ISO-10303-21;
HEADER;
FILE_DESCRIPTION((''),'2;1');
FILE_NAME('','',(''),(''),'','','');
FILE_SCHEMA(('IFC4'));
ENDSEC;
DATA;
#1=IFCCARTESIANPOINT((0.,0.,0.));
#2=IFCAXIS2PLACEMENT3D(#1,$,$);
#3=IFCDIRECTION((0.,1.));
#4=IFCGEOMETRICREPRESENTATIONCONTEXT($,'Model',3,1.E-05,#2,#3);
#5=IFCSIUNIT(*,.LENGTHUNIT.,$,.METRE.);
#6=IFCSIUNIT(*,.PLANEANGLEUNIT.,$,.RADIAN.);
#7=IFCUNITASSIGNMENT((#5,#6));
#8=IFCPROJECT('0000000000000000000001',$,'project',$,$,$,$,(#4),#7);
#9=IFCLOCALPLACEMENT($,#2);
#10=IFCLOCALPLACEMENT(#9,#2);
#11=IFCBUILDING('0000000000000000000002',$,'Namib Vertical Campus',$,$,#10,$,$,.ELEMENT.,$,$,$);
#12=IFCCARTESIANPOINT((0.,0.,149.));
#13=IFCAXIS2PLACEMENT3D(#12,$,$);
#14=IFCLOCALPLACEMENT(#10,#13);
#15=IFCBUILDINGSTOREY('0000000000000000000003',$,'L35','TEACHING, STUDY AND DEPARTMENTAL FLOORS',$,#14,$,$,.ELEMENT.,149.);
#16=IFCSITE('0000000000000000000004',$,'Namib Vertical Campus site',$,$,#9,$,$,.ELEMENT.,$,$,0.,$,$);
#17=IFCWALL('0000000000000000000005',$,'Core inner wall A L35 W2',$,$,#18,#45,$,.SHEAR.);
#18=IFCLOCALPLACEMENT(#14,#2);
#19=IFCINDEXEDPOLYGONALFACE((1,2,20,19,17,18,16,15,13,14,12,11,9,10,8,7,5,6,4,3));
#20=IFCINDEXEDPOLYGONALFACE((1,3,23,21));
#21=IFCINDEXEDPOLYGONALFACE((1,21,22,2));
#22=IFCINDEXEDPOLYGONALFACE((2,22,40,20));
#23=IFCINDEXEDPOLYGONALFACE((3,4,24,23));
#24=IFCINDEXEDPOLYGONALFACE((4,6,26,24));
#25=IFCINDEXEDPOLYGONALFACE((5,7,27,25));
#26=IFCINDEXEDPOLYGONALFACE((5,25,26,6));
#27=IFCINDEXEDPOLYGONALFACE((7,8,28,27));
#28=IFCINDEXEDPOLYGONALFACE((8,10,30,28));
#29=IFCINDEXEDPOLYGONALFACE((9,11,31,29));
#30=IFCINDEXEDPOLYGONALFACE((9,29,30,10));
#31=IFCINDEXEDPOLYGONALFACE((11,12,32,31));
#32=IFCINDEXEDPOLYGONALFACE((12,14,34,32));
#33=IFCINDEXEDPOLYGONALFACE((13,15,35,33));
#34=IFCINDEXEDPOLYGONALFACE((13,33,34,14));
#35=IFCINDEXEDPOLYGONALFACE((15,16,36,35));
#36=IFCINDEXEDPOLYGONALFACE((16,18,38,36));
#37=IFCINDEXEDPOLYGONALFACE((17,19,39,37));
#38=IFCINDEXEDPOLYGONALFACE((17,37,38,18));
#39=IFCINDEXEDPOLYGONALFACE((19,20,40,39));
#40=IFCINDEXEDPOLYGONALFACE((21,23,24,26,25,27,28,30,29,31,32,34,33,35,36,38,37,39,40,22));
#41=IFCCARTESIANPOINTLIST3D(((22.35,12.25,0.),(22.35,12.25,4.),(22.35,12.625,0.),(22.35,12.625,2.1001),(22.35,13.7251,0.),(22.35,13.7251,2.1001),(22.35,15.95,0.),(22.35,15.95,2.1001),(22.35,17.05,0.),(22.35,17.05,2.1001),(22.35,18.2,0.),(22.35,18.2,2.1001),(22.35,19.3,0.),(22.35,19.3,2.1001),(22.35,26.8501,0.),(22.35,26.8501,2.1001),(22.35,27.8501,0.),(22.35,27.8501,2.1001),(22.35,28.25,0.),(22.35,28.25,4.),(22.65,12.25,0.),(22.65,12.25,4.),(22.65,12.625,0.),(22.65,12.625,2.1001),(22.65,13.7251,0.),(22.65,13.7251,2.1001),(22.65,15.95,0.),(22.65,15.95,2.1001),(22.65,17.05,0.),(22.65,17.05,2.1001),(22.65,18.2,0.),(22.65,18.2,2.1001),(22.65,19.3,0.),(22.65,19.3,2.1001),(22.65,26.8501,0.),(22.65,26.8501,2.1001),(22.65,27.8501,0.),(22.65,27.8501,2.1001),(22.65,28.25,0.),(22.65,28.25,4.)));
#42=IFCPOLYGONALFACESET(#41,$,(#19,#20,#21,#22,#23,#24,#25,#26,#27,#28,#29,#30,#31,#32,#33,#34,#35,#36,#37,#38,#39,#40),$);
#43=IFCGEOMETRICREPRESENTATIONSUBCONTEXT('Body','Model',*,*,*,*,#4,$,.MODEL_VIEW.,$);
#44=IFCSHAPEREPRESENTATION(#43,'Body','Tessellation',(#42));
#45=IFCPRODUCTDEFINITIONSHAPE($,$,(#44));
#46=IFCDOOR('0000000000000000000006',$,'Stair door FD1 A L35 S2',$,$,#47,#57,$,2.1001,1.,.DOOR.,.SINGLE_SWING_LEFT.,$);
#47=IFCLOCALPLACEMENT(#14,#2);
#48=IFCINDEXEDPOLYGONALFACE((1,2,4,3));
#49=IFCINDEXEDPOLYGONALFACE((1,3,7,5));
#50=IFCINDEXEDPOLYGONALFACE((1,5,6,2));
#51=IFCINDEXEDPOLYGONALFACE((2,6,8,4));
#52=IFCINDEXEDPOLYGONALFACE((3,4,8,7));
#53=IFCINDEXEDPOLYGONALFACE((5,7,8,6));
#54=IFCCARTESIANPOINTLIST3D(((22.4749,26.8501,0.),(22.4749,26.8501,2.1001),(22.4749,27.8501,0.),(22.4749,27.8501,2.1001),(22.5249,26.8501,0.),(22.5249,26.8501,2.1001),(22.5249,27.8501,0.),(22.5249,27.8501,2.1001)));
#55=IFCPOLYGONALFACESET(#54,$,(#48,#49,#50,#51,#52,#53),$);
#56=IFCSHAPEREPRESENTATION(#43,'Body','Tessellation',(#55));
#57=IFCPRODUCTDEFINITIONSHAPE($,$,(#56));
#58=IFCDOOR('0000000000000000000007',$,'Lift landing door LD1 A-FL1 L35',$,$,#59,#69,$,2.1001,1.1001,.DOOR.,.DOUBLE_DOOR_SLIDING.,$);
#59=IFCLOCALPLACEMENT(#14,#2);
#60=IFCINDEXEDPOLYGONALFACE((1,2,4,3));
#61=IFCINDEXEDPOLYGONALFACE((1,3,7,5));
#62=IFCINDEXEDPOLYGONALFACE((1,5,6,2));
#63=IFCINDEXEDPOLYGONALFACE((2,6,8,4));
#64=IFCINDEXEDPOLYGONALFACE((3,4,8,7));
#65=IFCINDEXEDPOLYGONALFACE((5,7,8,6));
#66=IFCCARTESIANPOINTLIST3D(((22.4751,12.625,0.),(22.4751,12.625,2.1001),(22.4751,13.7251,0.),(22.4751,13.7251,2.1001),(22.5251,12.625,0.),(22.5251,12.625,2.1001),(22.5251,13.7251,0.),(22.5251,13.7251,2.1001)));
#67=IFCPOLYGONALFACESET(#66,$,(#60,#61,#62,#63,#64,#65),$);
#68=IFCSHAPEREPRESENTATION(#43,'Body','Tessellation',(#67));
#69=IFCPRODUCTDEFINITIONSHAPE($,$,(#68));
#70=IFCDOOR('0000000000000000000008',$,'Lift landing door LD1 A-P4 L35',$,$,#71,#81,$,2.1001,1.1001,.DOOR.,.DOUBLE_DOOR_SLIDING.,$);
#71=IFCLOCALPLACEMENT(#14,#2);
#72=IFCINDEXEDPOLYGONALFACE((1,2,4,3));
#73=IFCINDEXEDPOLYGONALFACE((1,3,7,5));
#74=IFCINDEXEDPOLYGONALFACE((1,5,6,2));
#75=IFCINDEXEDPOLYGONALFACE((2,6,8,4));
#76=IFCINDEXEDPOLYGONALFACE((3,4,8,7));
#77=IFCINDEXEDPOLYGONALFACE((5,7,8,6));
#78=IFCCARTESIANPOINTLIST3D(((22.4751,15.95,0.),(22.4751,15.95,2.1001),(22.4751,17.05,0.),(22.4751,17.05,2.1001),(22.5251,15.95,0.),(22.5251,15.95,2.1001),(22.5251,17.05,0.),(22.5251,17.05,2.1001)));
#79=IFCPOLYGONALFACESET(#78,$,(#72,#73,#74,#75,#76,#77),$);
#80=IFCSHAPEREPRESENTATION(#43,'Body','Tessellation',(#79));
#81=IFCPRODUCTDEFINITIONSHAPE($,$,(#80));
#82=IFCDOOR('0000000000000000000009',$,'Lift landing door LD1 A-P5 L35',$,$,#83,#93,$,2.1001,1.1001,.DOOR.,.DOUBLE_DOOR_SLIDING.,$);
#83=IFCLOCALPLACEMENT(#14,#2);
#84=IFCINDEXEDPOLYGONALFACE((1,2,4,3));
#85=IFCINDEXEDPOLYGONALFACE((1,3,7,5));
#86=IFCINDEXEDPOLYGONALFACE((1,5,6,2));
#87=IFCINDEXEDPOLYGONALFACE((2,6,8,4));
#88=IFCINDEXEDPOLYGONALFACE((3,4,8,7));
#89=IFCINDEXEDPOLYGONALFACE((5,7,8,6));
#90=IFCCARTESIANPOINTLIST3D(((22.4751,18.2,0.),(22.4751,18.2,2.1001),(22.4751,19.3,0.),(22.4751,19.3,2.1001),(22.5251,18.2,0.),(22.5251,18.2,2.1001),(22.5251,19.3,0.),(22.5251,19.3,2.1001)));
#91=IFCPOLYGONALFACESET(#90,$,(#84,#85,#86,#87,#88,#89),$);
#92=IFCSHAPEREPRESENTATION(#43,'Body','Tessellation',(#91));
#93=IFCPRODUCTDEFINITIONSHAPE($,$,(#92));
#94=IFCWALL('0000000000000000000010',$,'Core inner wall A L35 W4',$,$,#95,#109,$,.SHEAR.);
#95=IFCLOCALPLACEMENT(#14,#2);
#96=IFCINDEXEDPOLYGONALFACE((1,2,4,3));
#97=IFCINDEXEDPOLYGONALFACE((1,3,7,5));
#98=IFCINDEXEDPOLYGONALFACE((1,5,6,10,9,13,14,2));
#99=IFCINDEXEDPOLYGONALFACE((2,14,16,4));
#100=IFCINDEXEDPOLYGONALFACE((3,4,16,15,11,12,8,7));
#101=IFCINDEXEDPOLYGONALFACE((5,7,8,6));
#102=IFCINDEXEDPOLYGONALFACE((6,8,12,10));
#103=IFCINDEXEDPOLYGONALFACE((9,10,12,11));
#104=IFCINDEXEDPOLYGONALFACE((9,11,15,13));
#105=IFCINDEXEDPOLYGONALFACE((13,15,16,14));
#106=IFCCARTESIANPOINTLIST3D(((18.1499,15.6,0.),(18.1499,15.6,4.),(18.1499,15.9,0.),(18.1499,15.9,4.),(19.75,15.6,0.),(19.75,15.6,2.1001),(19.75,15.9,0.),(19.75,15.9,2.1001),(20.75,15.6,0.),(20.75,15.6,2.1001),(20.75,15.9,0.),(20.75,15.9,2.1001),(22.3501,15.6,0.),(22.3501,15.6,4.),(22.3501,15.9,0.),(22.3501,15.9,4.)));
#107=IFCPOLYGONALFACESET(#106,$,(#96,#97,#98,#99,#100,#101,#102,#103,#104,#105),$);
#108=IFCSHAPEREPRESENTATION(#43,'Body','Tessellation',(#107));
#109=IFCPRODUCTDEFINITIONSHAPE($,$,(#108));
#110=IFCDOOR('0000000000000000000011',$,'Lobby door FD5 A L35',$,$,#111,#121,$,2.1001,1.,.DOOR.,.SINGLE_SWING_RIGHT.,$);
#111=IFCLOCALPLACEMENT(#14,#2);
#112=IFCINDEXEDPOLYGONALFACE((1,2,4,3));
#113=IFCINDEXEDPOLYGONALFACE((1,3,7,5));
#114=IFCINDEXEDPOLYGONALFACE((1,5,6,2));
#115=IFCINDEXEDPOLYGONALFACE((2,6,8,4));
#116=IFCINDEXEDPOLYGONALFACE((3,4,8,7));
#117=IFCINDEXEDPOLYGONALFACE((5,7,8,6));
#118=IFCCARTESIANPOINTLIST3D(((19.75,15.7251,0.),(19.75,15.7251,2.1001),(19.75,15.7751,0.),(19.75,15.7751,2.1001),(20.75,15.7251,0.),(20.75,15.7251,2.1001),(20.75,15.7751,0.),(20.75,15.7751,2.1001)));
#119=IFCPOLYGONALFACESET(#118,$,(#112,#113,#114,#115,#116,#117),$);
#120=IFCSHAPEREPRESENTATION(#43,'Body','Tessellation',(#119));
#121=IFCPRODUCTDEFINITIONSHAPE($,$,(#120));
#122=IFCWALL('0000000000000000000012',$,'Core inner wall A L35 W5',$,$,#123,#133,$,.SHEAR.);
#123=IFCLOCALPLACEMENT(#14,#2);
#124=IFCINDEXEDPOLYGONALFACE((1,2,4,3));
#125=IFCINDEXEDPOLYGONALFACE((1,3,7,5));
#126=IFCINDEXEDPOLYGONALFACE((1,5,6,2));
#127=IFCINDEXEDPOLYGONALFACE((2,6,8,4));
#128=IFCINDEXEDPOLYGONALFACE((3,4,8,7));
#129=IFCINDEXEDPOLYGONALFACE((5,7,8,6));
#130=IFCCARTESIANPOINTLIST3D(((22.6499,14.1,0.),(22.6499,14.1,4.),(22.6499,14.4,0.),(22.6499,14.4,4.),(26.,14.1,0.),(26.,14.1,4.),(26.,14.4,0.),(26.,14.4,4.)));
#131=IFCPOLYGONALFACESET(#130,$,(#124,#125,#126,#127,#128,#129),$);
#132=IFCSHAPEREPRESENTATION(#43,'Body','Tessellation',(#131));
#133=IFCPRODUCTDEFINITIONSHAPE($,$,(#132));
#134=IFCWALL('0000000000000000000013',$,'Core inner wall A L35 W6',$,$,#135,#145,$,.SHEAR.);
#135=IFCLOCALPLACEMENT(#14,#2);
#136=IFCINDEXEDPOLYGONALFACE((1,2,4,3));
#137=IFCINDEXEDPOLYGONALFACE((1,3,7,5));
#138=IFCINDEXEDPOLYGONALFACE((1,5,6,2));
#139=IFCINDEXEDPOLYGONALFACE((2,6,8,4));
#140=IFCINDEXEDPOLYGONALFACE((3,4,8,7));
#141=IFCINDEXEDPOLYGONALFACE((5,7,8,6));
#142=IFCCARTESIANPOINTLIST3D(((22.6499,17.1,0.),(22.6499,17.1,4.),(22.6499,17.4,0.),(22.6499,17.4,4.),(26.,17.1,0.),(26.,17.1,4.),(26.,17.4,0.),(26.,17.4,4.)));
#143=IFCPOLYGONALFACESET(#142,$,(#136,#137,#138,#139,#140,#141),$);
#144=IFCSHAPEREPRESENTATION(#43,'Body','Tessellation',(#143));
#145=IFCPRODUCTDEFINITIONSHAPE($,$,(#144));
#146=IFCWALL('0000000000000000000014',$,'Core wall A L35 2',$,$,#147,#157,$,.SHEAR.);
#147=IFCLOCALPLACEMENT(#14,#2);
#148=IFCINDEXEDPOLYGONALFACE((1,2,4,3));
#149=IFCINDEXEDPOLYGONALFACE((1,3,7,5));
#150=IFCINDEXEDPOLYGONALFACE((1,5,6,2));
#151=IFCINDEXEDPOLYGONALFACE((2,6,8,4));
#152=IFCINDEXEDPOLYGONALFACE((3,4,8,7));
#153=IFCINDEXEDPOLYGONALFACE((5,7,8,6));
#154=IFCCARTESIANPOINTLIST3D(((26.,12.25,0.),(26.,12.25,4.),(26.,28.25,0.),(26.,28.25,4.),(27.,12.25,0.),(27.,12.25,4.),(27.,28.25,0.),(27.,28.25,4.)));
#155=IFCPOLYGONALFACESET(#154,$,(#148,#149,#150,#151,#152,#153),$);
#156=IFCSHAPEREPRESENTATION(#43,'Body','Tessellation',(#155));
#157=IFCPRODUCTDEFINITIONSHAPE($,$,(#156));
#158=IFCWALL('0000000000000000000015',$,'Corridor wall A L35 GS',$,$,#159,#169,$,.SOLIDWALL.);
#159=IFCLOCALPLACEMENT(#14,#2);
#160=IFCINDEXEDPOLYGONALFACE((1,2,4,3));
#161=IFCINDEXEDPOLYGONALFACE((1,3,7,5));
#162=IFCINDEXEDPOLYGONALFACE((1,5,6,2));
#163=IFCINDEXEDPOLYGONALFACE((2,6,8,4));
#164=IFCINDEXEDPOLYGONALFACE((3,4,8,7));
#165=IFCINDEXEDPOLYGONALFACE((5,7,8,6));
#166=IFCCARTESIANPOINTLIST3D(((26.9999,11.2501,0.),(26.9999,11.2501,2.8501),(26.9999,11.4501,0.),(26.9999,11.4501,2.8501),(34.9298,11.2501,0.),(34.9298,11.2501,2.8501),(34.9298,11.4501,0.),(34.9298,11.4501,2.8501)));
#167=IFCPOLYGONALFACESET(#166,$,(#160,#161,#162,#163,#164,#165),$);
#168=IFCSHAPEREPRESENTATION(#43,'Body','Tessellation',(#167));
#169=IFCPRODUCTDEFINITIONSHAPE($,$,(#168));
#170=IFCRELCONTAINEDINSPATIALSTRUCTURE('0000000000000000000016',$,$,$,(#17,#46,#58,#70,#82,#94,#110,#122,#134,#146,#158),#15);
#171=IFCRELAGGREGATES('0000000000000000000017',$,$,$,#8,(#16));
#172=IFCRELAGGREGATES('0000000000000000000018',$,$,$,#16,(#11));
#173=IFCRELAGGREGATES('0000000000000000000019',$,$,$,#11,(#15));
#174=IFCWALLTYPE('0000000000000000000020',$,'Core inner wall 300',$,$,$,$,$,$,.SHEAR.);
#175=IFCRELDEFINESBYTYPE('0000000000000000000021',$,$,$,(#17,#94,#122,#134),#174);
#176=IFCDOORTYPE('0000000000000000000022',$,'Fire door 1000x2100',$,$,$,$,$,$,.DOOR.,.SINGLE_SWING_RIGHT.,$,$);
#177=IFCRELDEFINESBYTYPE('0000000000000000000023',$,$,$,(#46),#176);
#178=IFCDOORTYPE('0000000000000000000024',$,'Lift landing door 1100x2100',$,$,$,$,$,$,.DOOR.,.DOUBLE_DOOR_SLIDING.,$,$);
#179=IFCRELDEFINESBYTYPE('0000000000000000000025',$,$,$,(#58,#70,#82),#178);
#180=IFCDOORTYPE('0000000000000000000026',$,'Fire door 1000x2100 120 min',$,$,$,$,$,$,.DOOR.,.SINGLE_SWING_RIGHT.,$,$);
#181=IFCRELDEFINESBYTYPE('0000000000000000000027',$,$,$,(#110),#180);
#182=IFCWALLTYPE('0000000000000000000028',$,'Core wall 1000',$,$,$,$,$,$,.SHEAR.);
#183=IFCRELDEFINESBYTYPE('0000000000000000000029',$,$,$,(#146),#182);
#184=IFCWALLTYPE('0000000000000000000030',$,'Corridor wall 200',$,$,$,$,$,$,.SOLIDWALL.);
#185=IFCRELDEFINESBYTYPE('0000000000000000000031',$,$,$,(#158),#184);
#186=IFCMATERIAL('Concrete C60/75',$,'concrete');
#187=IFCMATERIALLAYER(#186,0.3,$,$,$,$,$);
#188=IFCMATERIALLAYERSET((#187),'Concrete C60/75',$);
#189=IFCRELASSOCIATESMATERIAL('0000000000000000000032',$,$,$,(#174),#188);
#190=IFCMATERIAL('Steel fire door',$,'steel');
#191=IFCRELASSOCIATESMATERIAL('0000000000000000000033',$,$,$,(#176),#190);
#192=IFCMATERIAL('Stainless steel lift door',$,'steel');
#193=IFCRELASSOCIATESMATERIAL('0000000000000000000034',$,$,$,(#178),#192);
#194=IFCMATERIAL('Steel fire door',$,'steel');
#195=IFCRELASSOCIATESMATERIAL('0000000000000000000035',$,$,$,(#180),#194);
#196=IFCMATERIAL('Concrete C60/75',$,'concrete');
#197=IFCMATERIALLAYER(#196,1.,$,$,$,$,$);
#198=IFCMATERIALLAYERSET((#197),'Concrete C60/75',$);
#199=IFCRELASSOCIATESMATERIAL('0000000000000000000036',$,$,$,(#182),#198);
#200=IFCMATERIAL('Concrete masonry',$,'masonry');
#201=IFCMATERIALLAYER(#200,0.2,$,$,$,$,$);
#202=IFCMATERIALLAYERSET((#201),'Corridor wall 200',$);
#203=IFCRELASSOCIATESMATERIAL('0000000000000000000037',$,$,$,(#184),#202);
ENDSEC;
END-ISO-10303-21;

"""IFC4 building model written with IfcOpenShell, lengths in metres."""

from ifc_helpers import new_model, si_unit, direction, frame, frame_2d, origin, place, context, subcontext, project, spatial, rectangle, extrude, material, layer, layer_set, type_object, element, fill, save


model = new_model("IFC4")

# Units and contexts
model_context = context("Model", 3, precision=1e-05, world=origin(), true_north=direction((0.0, 1.0)))
body_context = subcontext(model_context, "Body", "Model", "MODEL_VIEW")
ifc_project = project(units=[si_unit("LENGTHUNIT", "METRE"), si_unit("PLANEANGLEUNIT", "RADIAN")], contexts=[model_context])

# Site, building, storey
site_placement = place(None, origin())
site = spatial("IfcSite", under=ifc_project, at=site_placement, Name="Namib Vertical Campus site", CompositionType="ELEMENT", RefElevation=0.0)
building_placement = place(site_placement, origin())
building = spatial("IfcBuilding", under=site, at=building_placement, Name="Namib Vertical Campus", CompositionType="ELEMENT")
storey_placement = place(building_placement, frame((0.0, 0.0, 149.0)))
storey = spatial("IfcBuildingStorey", under=building, at=storey_placement, Name="L35", Description="TEACHING, STUDY AND DEPARTMENTAL FLOORS", CompositionType="ELEMENT", Elevation=149.0)

# Wall, openings, doors
ifc_material_1 = material(Name="Concrete C60/75", Category="concrete")
ifc_layer_1 = layer(ifc_material_1, 0.3)
ifc_layer_set_1 = layer_set([ifc_layer_1], Name="Concrete C60/75")
wall_type_1 = type_object("IfcWallType", Name="Core inner wall 300", PredefinedType="SHEAR", material=ifc_layer_set_1)
ifc_material_2 = material(Name="Steel fire door", Category="steel")
door_type_1 = type_object("IfcDoorType", Name="Fire door 1000x2100", OperationType="SINGLE_SWING_RIGHT", PredefinedType="DOOR", material=ifc_material_2)
ifc_material_3 = material(Name="Stainless steel lift door", Category="steel")
door_type_2 = type_object("IfcDoorType", Name="Lift landing door 1100x2100", OperationType="DOUBLE_DOOR_SLIDING", PredefinedType="DOOR", material=ifc_material_3)
wall_1_placement = place(storey_placement, frame((22.5, 12.25, 0.0), z_axis=(0.0, 0.0, 1.0), x_axis=(0.0, 1.0, 0.0)))
wall_1 = element("IfcWall", 1, at=wall_1_placement, inside=storey, type_object=wall_type_1, Name="Core inner wall A L35 W2", PredefinedType="SHEAR", context=body_context, shape_type="SweptSolid", body=[
    extrude(rectangle(XDim=16.0, YDim=0.3, at=frame_2d((8.0, 0.0))), origin(), (0.0, 0.0, 1.0), 4.0),
])
opening_1_placement = place(wall_1_placement, frame((14.6001, 0.0, 0.0)))
opening_1 = element("IfcOpeningElement", 2, at=opening_1_placement, cuts=wall_1, PredefinedType="OPENING", context=body_context, shape_type="SweptSolid", body=[
    extrude(rectangle(XDim=1.0, YDim=2.1001, at=frame_2d((0.5, 1.05))), frame((0.0, 0.1599, 0.0), z_axis=(0.0, -1.0, 0.0), x_axis=(1.0, 0.0, 0.0)), (0.0, 0.0, 1.0), 0.3201),
])
opening_2_placement = place(wall_1_placement, frame((0.375, 0.0, 0.0)))
opening_2 = element("IfcOpeningElement", 3, at=opening_2_placement, cuts=wall_1, PredefinedType="OPENING", context=body_context, shape_type="SweptSolid", body=[
    extrude(rectangle(XDim=1.1001, YDim=2.1001, at=frame_2d((0.55, 1.05))), frame((0.0, 0.1599, 0.0), z_axis=(0.0, -1.0, 0.0), x_axis=(1.0, 0.0, 0.0)), (0.0, 0.0, 1.0), 0.3201),
])
opening_3_placement = place(wall_1_placement, frame((3.7, 0.0, 0.0)))
opening_3 = element("IfcOpeningElement", 4, at=opening_3_placement, cuts=wall_1, PredefinedType="OPENING", context=body_context, shape_type="SweptSolid", body=[
    extrude(rectangle(XDim=1.1001, YDim=2.1001, at=frame_2d((0.55, 1.05))), frame((0.0, 0.1599, 0.0), z_axis=(0.0, -1.0, 0.0), x_axis=(1.0, 0.0, 0.0)), (0.0, 0.0, 1.0), 0.3201),
])
opening_4_placement = place(wall_1_placement, frame((5.95, 0.0, 0.0)))
opening_4 = element("IfcOpeningElement", 5, at=opening_4_placement, cuts=wall_1, PredefinedType="OPENING", context=body_context, shape_type="SweptSolid", body=[
    extrude(rectangle(XDim=1.1001, YDim=2.1001, at=frame_2d((0.55, 1.05))), frame((0.0, 0.1599, 0.0), z_axis=(0.0, -1.0, 0.0), x_axis=(1.0, 0.0, 0.0)), (0.0, 0.0, 1.0), 0.3201),
])
door_1_placement = place(opening_1_placement, frame((1.0, 0.0, 0.0), z_axis=(0.0, 0.0, 1.0), x_axis=(-1.0, 0.0, 0.0)))
door_1 = element("IfcDoor", 6, at=door_1_placement, inside=storey, type_object=door_type_1, Name="Stair door FD1 A L35 S2", OperationType="SINGLE_SWING_LEFT", OverallHeight=2.1001, OverallWidth=1.0, PredefinedType="DOOR", context=body_context, shape_type="SweptSolid", body=[
    extrude(rectangle(XDim=1.0, YDim=2.1001, at=frame_2d((0.5, 1.05))), frame((0.0, 0.0249, 0.0), z_axis=(0.0, -1.0, 0.0), x_axis=(1.0, 0.0, 0.0)), (0.0, 0.0, 1.0), 0.05),
])
fill(opening_1, door_1)
door_2_placement = place(opening_2_placement, origin())
door_2 = element("IfcDoor", 7, at=door_2_placement, inside=storey, type_object=door_type_2, Name="Lift landing door LD1 A-FL1 L35", OperationType="DOUBLE_DOOR_SLIDING", OverallHeight=2.1001, OverallWidth=1.1001, PredefinedType="DOOR", context=body_context, shape_type="SweptSolid", body=[
    extrude(rectangle(XDim=1.1001, YDim=2.1001, at=frame_2d((0.55, 1.05))), frame((0.0, 0.0249, 0.0), z_axis=(0.0, -1.0, 0.0), x_axis=(1.0, 0.0, 0.0)), (0.0, 0.0, 1.0), 0.05),
])
fill(opening_2, door_2)
door_3_placement = place(opening_3_placement, origin())
door_3 = element("IfcDoor", 8, at=door_3_placement, inside=storey, type_object=door_type_2, Name="Lift landing door LD1 A-P4 L35", OperationType="DOUBLE_DOOR_SLIDING", OverallHeight=2.1001, OverallWidth=1.1001, PredefinedType="DOOR", context=body_context, shape_type="SweptSolid", body=[
    extrude(rectangle(XDim=1.1001, YDim=2.1001, at=frame_2d((0.55, 1.05))), frame((0.0, 0.0249, 0.0), z_axis=(0.0, -1.0, 0.0), x_axis=(1.0, 0.0, 0.0)), (0.0, 0.0, 1.0), 0.05),
])
fill(opening_3, door_3)
door_4_placement = place(opening_4_placement, origin())
door_4 = element("IfcDoor", 9, at=door_4_placement, inside=storey, type_object=door_type_2, Name="Lift landing door LD1 A-P5 L35", OperationType="DOUBLE_DOOR_SLIDING", OverallHeight=2.1001, OverallWidth=1.1001, PredefinedType="DOOR", context=body_context, shape_type="SweptSolid", body=[
    extrude(rectangle(XDim=1.1001, YDim=2.1001, at=frame_2d((0.55, 1.05))), frame((0.0, 0.0249, 0.0), z_axis=(0.0, -1.0, 0.0), x_axis=(1.0, 0.0, 0.0)), (0.0, 0.0, 1.0), 0.05),
])
fill(opening_4, door_4)

# Wall, opening, door
wall_2_placement = place(storey_placement, frame((18.1499, 15.75, 0.0), z_axis=(0.0, 0.0, 1.0), x_axis=(1.0, 0.0, 0.0)))
wall_2 = element("IfcWall", 10, at=wall_2_placement, inside=storey, type_object=wall_type_1, Name="Core inner wall A L35 W4", PredefinedType="SHEAR", context=body_context, shape_type="SweptSolid", body=[
    extrude(rectangle(XDim=4.2002, YDim=0.3, at=frame_2d((2.1001, 0.0))), origin(), (0.0, 0.0, 1.0), 4.0),
])
opening_5_placement = place(wall_2_placement, frame((1.6001, 0.0, 0.0)))
opening_5 = element("IfcOpeningElement", 11, at=opening_5_placement, cuts=wall_2, PredefinedType="OPENING", context=body_context, shape_type="SweptSolid", body=[
    extrude(rectangle(XDim=1.0, YDim=2.1001, at=frame_2d((0.5, 1.05))), frame((0.0, 0.1599, 0.0), z_axis=(0.0, -1.0, 0.0), x_axis=(1.0, 0.0, 0.0)), (0.0, 0.0, 1.0), 0.3201),
])
ifc_material_4 = material(Name="Steel fire door", Category="steel")
door_type_3 = type_object("IfcDoorType", Name="Fire door 1000x2100 120 min", OperationType="SINGLE_SWING_RIGHT", PredefinedType="DOOR", material=ifc_material_4)
door_5_placement = place(opening_5_placement, frame((1.0, 0.0, 0.0), z_axis=(0.0, 0.0, 1.0), x_axis=(-1.0, 0.0, 0.0)))
door_5 = element("IfcDoor", 12, at=door_5_placement, inside=storey, type_object=door_type_3, Name="Lobby door FD5 A L35", OperationType="SINGLE_SWING_RIGHT", OverallHeight=2.1001, OverallWidth=1.0, PredefinedType="DOOR", context=body_context, shape_type="SweptSolid", body=[
    extrude(rectangle(XDim=1.0, YDim=2.1001, at=frame_2d((0.5, 1.05))), frame((0.0, 0.0249, 0.0), z_axis=(0.0, -1.0, 0.0), x_axis=(1.0, 0.0, 0.0)), (0.0, 0.0, 1.0), 0.05),
])
fill(opening_5, door_5)

# Walls
for number, where, z_axis, x_axis, name in (
    (13, (22.6499, 14.25, 0.0), (0.0, 0.0, 1.0), (1.0, 0.0, 0.0), "Core inner wall A L35 W5"),
    (14, (22.6499, 17.25, 0.0), (0.0, 0.0, 1.0), (1.0, 0.0, 0.0), "Core inner wall A L35 W6"),
):
    element("IfcWall", number, at=place(storey_placement, frame(where, z_axis=z_axis, x_axis=x_axis)), inside=storey, type_object=wall_type_1, Name=name, PredefinedType="SHEAR", context=body_context, shape_type="SweptSolid", body=[
        extrude(rectangle(XDim=3.3501, YDim=0.3, at=frame_2d((1.675, 0.0))), origin(), (0.0, 0.0, 1.0), 4.0),
    ])
ifc_material_5 = material(Name="Concrete C60/75", Category="concrete")
ifc_layer_2 = layer(ifc_material_5, 1.0)
ifc_layer_set_2 = layer_set([ifc_layer_2], Name="Concrete C60/75")
wall_type_2 = type_object("IfcWallType", Name="Core wall 1000", PredefinedType="SHEAR", material=ifc_layer_set_2)
wall_3_placement = place(storey_placement, frame((26.5, 12.25, 0.0), z_axis=(0.0, 0.0, 1.0), x_axis=(0.0, 1.0, 0.0)))
element("IfcWall", 15, at=wall_3_placement, inside=storey, type_object=wall_type_2, Name="Core wall A L35 2", PredefinedType="SHEAR", context=body_context, shape_type="SweptSolid", body=[
    extrude(rectangle(XDim=16.0, YDim=1.0, at=frame_2d((8.0, 0.0))), origin(), (0.0, 0.0, 1.0), 4.0),
])
ifc_material_6 = material(Name="Concrete masonry", Category="masonry")
ifc_layer_3 = layer(ifc_material_6, 0.2)
ifc_layer_set_3 = layer_set([ifc_layer_3], Name="Corridor wall 200")
wall_type_3 = type_object("IfcWallType", Name="Corridor wall 200", PredefinedType="SOLIDWALL", material=ifc_layer_set_3)
wall_4_placement = place(storey_placement, frame((27.0, 11.3501, 0.0), z_axis=(0.0, 0.0, 1.0), x_axis=(1.0, 0.0, 0.0)))
element("IfcWall", 16, at=wall_4_placement, inside=storey, type_object=wall_type_3, Name="Corridor wall A L35 GS", PredefinedType="SOLIDWALL", context=body_context, shape_type="SweptSolid", body=[
    extrude(rectangle(XDim=7.9299, YDim=0.2, at=frame_2d((3.9648, 0.0))), origin(), (0.0, 0.0, 1.0), 2.8501),
])

save(model, "model.ifc")
